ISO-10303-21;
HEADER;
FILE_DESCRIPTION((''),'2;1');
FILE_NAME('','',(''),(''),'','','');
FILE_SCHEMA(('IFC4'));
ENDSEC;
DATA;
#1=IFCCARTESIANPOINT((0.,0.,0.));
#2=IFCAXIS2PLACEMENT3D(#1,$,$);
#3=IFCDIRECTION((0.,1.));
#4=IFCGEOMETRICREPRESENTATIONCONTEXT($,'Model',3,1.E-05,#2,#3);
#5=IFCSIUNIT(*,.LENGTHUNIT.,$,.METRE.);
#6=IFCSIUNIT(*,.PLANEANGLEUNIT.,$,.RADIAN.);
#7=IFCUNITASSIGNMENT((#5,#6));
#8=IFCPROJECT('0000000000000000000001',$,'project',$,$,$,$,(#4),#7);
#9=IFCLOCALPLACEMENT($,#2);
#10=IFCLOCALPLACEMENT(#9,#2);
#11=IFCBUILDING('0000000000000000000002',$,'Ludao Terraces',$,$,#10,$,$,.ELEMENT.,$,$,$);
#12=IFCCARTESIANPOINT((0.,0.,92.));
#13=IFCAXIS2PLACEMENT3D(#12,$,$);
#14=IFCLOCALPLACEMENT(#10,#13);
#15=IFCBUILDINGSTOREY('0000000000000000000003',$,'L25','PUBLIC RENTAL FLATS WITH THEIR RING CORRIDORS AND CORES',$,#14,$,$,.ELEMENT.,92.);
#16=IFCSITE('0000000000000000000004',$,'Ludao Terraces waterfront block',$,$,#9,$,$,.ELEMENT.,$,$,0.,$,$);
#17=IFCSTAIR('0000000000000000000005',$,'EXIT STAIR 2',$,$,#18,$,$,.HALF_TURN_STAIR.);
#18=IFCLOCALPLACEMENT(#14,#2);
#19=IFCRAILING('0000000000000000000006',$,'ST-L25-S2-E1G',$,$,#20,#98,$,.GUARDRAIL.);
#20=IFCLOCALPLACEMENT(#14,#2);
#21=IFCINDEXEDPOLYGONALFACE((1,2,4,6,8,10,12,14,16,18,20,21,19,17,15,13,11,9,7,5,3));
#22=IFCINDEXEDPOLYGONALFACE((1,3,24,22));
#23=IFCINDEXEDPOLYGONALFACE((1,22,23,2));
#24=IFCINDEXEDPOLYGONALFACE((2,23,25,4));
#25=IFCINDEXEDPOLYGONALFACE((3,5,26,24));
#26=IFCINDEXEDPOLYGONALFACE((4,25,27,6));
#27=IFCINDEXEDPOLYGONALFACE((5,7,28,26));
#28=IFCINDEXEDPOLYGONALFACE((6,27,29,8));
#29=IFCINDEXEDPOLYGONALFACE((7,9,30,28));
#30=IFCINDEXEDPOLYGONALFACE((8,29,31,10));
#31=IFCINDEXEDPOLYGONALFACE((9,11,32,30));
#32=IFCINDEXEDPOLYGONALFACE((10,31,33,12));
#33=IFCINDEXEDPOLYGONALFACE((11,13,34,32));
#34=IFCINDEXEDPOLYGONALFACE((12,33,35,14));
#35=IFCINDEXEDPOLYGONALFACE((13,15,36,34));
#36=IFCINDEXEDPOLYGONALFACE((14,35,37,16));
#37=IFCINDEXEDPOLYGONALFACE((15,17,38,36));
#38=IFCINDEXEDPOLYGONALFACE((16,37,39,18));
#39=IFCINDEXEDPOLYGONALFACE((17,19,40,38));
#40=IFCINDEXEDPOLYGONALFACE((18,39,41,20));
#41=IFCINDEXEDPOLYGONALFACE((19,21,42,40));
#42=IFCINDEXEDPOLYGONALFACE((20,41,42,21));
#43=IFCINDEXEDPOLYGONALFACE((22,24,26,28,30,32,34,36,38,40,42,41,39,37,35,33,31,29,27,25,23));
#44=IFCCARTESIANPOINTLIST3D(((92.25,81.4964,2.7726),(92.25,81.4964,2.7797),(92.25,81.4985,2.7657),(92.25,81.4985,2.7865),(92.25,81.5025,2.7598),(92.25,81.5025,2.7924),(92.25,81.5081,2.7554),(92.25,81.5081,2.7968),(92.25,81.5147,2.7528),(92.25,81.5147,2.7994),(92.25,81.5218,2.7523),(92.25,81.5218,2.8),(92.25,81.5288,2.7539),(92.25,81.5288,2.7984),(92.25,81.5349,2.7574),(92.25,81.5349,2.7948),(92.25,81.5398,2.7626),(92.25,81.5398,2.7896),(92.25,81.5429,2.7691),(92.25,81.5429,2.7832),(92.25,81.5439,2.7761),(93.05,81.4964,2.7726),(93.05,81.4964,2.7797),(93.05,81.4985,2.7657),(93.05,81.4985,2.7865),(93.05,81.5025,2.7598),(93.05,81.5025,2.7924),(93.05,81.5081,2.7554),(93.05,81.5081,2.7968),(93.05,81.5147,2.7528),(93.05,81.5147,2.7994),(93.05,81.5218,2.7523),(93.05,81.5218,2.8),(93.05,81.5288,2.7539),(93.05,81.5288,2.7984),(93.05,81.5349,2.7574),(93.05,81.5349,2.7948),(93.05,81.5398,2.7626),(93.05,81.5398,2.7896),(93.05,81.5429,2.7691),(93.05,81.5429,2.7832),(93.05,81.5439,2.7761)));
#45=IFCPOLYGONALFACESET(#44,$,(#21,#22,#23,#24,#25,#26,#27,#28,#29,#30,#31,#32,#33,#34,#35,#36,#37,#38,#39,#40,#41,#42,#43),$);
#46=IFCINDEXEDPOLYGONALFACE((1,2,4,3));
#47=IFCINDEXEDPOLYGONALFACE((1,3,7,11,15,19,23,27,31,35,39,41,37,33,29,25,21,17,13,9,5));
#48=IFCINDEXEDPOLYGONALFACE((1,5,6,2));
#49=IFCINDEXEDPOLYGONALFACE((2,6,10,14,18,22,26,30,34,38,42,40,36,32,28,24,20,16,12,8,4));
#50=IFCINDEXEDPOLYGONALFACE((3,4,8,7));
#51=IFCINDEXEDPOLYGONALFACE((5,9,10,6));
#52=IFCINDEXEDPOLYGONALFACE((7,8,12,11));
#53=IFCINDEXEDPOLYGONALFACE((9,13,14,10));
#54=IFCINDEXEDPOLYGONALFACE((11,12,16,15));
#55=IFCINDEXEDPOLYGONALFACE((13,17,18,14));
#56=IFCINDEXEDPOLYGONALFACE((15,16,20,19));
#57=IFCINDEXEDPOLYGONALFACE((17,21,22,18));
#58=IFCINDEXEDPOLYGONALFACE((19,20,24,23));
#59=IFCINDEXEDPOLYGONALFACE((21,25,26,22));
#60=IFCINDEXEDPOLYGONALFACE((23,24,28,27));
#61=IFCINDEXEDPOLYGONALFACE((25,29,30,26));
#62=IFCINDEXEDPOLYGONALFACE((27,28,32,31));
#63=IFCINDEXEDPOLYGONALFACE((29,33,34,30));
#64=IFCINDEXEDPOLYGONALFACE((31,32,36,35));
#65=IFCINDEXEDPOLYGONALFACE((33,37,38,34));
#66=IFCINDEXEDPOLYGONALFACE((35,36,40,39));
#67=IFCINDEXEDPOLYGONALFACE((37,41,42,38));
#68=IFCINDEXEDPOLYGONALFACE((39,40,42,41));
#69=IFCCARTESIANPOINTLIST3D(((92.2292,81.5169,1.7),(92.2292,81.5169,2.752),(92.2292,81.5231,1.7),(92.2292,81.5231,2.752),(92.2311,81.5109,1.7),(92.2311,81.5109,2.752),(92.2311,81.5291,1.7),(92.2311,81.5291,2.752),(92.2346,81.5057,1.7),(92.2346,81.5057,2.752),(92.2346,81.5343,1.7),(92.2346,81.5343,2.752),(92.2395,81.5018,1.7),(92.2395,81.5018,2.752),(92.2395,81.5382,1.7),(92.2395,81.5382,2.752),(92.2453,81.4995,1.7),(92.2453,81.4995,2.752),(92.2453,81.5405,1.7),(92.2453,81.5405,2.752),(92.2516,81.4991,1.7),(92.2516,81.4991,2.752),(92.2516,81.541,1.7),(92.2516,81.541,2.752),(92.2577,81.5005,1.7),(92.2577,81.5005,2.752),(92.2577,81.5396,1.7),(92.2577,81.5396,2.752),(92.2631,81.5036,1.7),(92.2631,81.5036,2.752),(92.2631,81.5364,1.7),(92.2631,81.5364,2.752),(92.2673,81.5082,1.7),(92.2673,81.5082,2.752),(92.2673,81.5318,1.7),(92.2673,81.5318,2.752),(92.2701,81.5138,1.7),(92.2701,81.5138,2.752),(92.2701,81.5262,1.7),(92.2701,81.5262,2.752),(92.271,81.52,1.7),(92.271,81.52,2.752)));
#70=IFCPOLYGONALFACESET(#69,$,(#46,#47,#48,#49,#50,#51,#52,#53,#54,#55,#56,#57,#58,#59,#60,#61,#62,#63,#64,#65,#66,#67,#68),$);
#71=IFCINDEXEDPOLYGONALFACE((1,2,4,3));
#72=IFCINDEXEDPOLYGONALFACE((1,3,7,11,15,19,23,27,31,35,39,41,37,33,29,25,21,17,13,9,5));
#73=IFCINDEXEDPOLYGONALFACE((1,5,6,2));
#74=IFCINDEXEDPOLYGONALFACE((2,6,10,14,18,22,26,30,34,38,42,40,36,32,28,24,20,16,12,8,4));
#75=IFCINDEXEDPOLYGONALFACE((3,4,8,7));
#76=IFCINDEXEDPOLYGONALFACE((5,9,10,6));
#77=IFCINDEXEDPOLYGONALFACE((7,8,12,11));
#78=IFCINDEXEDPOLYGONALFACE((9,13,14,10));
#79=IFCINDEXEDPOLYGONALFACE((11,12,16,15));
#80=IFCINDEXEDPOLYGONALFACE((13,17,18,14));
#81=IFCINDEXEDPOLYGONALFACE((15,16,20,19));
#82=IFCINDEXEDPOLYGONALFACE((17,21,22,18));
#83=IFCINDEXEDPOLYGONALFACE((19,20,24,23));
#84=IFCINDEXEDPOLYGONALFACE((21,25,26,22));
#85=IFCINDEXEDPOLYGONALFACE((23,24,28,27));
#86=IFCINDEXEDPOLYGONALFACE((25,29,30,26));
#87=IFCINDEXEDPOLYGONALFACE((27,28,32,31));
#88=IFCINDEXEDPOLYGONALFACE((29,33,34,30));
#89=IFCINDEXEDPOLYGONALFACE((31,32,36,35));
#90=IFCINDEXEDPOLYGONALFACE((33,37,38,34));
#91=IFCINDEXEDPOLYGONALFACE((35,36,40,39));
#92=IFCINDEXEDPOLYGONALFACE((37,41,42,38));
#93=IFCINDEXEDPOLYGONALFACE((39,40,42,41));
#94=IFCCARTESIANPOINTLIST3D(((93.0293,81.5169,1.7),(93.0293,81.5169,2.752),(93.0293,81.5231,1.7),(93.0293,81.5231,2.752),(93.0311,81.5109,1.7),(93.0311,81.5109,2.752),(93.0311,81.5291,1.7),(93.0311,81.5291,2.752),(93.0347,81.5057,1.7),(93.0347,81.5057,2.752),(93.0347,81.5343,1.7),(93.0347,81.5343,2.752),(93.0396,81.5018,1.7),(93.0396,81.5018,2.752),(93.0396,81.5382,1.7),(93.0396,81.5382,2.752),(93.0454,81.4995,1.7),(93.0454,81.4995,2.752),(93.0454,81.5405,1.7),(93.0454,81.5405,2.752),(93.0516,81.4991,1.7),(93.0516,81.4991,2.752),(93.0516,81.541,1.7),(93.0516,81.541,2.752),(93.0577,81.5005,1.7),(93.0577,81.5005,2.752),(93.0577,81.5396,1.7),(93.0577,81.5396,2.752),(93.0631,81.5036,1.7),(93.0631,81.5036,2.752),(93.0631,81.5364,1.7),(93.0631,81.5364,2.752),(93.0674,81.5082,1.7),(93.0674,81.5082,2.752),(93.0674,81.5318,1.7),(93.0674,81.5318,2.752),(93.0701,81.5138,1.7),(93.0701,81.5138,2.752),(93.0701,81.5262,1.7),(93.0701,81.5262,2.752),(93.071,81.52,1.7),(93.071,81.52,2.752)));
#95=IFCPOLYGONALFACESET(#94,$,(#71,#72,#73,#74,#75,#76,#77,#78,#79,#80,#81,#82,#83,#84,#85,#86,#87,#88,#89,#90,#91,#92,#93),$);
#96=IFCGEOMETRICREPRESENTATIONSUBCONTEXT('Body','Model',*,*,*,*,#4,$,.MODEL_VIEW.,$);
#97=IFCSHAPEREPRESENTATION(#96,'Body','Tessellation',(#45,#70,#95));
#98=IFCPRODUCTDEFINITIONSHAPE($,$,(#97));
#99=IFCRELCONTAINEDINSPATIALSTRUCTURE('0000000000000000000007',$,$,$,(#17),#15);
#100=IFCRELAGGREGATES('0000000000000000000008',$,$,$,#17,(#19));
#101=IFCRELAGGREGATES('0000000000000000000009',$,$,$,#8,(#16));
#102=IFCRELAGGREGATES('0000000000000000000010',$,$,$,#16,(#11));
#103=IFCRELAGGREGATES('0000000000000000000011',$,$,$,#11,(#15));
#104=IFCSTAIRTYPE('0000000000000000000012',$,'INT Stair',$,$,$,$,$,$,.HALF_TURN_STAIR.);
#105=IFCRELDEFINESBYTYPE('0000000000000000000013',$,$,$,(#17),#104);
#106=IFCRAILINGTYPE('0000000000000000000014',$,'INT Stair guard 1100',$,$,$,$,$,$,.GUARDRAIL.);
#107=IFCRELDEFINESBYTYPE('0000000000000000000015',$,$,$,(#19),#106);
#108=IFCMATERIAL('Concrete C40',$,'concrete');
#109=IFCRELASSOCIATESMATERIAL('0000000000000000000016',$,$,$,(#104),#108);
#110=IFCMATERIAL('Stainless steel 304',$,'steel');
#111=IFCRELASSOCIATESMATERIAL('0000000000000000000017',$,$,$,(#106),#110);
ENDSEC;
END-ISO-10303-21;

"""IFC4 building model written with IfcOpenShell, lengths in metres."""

from ifc_helpers import new_model, si_unit, direction, frame, origin, origin_2d, place, context, subcontext, project, spatial, circle, extrude, material, type_object, element, aggregate, save


model = new_model("IFC4")

# Units and contexts
model_context = context("Model", 3, precision=1e-05, world=origin(), true_north=direction((0.0, 1.0)))
body_context = subcontext(model_context, "Body", "Model", "MODEL_VIEW")
ifc_project = project(units=[si_unit("LENGTHUNIT", "METRE"), si_unit("PLANEANGLEUNIT", "RADIAN")], contexts=[model_context])

# Site, building, storey
site_placement = place(None, origin())
site = spatial("IfcSite", under=ifc_project, at=site_placement, Name="Ludao Terraces waterfront block", CompositionType="ELEMENT", RefElevation=0.0)
building_placement = place(site_placement, origin())
building = spatial("IfcBuilding", under=site, at=building_placement, Name="Ludao Terraces", CompositionType="ELEMENT")
storey_placement = place(building_placement, frame((0.0, 0.0, 92.0)))
storey = spatial("IfcBuildingStorey", under=building, at=storey_placement, Name="L25", Description="PUBLIC RENTAL FLATS WITH THEIR RING CORRIDORS AND CORES", CompositionType="ELEMENT", Elevation=92.0)

# Shared definitions
ifc_material_1 = material(Name="Concrete C40", Category="concrete")

# Stair, railing
stair_type = type_object("IfcStairType", Name="INT Stair", PredefinedType="HALF_TURN_STAIR", material=ifc_material_1)
stair_placement = place(storey_placement, origin())
stair = element("IfcStair", 1, at=stair_placement, inside=storey, type_object=stair_type, Name="EXIT STAIR 2", PredefinedType="HALF_TURN_STAIR")
ifc_material_2 = material(Name="Stainless steel 304", Category="steel")
railing_type_1 = type_object("IfcRailingType", Name="INT Stair guard 1100", PredefinedType="GUARDRAIL", material=ifc_material_2)
railing_1_placement = place(storey_placement, frame((92.25, 81.52, 1.7)))
railing_1 = element("IfcRailing", 2, at=railing_1_placement, type_object=railing_type_1, Name="ST-L25-S2-E1G", PredefinedType="GUARDRAIL", context=body_context, shape_type="SweptSolid", body=[
    extrude(circle(Radius=0.0239, at=origin_2d()), frame((0.0, 0.0, 1.0762), z_axis=(1.0, 0.0, 0.0), x_axis=(0.0, 1.0, 0.0)), (0.0, 0.0, 1.0), 0.8),
    extrude(circle(Radius=0.021, at=origin_2d()), origin(), (0.0, 0.0, 1.0), 1.052),
    extrude(circle(Radius=0.021, at=origin_2d()), frame((0.8, 0.0, 0.0)), (0.0, 0.0, 1.0), 1.052),
])
aggregate(stair, [railing_1])

save(model, "model.ifc")
